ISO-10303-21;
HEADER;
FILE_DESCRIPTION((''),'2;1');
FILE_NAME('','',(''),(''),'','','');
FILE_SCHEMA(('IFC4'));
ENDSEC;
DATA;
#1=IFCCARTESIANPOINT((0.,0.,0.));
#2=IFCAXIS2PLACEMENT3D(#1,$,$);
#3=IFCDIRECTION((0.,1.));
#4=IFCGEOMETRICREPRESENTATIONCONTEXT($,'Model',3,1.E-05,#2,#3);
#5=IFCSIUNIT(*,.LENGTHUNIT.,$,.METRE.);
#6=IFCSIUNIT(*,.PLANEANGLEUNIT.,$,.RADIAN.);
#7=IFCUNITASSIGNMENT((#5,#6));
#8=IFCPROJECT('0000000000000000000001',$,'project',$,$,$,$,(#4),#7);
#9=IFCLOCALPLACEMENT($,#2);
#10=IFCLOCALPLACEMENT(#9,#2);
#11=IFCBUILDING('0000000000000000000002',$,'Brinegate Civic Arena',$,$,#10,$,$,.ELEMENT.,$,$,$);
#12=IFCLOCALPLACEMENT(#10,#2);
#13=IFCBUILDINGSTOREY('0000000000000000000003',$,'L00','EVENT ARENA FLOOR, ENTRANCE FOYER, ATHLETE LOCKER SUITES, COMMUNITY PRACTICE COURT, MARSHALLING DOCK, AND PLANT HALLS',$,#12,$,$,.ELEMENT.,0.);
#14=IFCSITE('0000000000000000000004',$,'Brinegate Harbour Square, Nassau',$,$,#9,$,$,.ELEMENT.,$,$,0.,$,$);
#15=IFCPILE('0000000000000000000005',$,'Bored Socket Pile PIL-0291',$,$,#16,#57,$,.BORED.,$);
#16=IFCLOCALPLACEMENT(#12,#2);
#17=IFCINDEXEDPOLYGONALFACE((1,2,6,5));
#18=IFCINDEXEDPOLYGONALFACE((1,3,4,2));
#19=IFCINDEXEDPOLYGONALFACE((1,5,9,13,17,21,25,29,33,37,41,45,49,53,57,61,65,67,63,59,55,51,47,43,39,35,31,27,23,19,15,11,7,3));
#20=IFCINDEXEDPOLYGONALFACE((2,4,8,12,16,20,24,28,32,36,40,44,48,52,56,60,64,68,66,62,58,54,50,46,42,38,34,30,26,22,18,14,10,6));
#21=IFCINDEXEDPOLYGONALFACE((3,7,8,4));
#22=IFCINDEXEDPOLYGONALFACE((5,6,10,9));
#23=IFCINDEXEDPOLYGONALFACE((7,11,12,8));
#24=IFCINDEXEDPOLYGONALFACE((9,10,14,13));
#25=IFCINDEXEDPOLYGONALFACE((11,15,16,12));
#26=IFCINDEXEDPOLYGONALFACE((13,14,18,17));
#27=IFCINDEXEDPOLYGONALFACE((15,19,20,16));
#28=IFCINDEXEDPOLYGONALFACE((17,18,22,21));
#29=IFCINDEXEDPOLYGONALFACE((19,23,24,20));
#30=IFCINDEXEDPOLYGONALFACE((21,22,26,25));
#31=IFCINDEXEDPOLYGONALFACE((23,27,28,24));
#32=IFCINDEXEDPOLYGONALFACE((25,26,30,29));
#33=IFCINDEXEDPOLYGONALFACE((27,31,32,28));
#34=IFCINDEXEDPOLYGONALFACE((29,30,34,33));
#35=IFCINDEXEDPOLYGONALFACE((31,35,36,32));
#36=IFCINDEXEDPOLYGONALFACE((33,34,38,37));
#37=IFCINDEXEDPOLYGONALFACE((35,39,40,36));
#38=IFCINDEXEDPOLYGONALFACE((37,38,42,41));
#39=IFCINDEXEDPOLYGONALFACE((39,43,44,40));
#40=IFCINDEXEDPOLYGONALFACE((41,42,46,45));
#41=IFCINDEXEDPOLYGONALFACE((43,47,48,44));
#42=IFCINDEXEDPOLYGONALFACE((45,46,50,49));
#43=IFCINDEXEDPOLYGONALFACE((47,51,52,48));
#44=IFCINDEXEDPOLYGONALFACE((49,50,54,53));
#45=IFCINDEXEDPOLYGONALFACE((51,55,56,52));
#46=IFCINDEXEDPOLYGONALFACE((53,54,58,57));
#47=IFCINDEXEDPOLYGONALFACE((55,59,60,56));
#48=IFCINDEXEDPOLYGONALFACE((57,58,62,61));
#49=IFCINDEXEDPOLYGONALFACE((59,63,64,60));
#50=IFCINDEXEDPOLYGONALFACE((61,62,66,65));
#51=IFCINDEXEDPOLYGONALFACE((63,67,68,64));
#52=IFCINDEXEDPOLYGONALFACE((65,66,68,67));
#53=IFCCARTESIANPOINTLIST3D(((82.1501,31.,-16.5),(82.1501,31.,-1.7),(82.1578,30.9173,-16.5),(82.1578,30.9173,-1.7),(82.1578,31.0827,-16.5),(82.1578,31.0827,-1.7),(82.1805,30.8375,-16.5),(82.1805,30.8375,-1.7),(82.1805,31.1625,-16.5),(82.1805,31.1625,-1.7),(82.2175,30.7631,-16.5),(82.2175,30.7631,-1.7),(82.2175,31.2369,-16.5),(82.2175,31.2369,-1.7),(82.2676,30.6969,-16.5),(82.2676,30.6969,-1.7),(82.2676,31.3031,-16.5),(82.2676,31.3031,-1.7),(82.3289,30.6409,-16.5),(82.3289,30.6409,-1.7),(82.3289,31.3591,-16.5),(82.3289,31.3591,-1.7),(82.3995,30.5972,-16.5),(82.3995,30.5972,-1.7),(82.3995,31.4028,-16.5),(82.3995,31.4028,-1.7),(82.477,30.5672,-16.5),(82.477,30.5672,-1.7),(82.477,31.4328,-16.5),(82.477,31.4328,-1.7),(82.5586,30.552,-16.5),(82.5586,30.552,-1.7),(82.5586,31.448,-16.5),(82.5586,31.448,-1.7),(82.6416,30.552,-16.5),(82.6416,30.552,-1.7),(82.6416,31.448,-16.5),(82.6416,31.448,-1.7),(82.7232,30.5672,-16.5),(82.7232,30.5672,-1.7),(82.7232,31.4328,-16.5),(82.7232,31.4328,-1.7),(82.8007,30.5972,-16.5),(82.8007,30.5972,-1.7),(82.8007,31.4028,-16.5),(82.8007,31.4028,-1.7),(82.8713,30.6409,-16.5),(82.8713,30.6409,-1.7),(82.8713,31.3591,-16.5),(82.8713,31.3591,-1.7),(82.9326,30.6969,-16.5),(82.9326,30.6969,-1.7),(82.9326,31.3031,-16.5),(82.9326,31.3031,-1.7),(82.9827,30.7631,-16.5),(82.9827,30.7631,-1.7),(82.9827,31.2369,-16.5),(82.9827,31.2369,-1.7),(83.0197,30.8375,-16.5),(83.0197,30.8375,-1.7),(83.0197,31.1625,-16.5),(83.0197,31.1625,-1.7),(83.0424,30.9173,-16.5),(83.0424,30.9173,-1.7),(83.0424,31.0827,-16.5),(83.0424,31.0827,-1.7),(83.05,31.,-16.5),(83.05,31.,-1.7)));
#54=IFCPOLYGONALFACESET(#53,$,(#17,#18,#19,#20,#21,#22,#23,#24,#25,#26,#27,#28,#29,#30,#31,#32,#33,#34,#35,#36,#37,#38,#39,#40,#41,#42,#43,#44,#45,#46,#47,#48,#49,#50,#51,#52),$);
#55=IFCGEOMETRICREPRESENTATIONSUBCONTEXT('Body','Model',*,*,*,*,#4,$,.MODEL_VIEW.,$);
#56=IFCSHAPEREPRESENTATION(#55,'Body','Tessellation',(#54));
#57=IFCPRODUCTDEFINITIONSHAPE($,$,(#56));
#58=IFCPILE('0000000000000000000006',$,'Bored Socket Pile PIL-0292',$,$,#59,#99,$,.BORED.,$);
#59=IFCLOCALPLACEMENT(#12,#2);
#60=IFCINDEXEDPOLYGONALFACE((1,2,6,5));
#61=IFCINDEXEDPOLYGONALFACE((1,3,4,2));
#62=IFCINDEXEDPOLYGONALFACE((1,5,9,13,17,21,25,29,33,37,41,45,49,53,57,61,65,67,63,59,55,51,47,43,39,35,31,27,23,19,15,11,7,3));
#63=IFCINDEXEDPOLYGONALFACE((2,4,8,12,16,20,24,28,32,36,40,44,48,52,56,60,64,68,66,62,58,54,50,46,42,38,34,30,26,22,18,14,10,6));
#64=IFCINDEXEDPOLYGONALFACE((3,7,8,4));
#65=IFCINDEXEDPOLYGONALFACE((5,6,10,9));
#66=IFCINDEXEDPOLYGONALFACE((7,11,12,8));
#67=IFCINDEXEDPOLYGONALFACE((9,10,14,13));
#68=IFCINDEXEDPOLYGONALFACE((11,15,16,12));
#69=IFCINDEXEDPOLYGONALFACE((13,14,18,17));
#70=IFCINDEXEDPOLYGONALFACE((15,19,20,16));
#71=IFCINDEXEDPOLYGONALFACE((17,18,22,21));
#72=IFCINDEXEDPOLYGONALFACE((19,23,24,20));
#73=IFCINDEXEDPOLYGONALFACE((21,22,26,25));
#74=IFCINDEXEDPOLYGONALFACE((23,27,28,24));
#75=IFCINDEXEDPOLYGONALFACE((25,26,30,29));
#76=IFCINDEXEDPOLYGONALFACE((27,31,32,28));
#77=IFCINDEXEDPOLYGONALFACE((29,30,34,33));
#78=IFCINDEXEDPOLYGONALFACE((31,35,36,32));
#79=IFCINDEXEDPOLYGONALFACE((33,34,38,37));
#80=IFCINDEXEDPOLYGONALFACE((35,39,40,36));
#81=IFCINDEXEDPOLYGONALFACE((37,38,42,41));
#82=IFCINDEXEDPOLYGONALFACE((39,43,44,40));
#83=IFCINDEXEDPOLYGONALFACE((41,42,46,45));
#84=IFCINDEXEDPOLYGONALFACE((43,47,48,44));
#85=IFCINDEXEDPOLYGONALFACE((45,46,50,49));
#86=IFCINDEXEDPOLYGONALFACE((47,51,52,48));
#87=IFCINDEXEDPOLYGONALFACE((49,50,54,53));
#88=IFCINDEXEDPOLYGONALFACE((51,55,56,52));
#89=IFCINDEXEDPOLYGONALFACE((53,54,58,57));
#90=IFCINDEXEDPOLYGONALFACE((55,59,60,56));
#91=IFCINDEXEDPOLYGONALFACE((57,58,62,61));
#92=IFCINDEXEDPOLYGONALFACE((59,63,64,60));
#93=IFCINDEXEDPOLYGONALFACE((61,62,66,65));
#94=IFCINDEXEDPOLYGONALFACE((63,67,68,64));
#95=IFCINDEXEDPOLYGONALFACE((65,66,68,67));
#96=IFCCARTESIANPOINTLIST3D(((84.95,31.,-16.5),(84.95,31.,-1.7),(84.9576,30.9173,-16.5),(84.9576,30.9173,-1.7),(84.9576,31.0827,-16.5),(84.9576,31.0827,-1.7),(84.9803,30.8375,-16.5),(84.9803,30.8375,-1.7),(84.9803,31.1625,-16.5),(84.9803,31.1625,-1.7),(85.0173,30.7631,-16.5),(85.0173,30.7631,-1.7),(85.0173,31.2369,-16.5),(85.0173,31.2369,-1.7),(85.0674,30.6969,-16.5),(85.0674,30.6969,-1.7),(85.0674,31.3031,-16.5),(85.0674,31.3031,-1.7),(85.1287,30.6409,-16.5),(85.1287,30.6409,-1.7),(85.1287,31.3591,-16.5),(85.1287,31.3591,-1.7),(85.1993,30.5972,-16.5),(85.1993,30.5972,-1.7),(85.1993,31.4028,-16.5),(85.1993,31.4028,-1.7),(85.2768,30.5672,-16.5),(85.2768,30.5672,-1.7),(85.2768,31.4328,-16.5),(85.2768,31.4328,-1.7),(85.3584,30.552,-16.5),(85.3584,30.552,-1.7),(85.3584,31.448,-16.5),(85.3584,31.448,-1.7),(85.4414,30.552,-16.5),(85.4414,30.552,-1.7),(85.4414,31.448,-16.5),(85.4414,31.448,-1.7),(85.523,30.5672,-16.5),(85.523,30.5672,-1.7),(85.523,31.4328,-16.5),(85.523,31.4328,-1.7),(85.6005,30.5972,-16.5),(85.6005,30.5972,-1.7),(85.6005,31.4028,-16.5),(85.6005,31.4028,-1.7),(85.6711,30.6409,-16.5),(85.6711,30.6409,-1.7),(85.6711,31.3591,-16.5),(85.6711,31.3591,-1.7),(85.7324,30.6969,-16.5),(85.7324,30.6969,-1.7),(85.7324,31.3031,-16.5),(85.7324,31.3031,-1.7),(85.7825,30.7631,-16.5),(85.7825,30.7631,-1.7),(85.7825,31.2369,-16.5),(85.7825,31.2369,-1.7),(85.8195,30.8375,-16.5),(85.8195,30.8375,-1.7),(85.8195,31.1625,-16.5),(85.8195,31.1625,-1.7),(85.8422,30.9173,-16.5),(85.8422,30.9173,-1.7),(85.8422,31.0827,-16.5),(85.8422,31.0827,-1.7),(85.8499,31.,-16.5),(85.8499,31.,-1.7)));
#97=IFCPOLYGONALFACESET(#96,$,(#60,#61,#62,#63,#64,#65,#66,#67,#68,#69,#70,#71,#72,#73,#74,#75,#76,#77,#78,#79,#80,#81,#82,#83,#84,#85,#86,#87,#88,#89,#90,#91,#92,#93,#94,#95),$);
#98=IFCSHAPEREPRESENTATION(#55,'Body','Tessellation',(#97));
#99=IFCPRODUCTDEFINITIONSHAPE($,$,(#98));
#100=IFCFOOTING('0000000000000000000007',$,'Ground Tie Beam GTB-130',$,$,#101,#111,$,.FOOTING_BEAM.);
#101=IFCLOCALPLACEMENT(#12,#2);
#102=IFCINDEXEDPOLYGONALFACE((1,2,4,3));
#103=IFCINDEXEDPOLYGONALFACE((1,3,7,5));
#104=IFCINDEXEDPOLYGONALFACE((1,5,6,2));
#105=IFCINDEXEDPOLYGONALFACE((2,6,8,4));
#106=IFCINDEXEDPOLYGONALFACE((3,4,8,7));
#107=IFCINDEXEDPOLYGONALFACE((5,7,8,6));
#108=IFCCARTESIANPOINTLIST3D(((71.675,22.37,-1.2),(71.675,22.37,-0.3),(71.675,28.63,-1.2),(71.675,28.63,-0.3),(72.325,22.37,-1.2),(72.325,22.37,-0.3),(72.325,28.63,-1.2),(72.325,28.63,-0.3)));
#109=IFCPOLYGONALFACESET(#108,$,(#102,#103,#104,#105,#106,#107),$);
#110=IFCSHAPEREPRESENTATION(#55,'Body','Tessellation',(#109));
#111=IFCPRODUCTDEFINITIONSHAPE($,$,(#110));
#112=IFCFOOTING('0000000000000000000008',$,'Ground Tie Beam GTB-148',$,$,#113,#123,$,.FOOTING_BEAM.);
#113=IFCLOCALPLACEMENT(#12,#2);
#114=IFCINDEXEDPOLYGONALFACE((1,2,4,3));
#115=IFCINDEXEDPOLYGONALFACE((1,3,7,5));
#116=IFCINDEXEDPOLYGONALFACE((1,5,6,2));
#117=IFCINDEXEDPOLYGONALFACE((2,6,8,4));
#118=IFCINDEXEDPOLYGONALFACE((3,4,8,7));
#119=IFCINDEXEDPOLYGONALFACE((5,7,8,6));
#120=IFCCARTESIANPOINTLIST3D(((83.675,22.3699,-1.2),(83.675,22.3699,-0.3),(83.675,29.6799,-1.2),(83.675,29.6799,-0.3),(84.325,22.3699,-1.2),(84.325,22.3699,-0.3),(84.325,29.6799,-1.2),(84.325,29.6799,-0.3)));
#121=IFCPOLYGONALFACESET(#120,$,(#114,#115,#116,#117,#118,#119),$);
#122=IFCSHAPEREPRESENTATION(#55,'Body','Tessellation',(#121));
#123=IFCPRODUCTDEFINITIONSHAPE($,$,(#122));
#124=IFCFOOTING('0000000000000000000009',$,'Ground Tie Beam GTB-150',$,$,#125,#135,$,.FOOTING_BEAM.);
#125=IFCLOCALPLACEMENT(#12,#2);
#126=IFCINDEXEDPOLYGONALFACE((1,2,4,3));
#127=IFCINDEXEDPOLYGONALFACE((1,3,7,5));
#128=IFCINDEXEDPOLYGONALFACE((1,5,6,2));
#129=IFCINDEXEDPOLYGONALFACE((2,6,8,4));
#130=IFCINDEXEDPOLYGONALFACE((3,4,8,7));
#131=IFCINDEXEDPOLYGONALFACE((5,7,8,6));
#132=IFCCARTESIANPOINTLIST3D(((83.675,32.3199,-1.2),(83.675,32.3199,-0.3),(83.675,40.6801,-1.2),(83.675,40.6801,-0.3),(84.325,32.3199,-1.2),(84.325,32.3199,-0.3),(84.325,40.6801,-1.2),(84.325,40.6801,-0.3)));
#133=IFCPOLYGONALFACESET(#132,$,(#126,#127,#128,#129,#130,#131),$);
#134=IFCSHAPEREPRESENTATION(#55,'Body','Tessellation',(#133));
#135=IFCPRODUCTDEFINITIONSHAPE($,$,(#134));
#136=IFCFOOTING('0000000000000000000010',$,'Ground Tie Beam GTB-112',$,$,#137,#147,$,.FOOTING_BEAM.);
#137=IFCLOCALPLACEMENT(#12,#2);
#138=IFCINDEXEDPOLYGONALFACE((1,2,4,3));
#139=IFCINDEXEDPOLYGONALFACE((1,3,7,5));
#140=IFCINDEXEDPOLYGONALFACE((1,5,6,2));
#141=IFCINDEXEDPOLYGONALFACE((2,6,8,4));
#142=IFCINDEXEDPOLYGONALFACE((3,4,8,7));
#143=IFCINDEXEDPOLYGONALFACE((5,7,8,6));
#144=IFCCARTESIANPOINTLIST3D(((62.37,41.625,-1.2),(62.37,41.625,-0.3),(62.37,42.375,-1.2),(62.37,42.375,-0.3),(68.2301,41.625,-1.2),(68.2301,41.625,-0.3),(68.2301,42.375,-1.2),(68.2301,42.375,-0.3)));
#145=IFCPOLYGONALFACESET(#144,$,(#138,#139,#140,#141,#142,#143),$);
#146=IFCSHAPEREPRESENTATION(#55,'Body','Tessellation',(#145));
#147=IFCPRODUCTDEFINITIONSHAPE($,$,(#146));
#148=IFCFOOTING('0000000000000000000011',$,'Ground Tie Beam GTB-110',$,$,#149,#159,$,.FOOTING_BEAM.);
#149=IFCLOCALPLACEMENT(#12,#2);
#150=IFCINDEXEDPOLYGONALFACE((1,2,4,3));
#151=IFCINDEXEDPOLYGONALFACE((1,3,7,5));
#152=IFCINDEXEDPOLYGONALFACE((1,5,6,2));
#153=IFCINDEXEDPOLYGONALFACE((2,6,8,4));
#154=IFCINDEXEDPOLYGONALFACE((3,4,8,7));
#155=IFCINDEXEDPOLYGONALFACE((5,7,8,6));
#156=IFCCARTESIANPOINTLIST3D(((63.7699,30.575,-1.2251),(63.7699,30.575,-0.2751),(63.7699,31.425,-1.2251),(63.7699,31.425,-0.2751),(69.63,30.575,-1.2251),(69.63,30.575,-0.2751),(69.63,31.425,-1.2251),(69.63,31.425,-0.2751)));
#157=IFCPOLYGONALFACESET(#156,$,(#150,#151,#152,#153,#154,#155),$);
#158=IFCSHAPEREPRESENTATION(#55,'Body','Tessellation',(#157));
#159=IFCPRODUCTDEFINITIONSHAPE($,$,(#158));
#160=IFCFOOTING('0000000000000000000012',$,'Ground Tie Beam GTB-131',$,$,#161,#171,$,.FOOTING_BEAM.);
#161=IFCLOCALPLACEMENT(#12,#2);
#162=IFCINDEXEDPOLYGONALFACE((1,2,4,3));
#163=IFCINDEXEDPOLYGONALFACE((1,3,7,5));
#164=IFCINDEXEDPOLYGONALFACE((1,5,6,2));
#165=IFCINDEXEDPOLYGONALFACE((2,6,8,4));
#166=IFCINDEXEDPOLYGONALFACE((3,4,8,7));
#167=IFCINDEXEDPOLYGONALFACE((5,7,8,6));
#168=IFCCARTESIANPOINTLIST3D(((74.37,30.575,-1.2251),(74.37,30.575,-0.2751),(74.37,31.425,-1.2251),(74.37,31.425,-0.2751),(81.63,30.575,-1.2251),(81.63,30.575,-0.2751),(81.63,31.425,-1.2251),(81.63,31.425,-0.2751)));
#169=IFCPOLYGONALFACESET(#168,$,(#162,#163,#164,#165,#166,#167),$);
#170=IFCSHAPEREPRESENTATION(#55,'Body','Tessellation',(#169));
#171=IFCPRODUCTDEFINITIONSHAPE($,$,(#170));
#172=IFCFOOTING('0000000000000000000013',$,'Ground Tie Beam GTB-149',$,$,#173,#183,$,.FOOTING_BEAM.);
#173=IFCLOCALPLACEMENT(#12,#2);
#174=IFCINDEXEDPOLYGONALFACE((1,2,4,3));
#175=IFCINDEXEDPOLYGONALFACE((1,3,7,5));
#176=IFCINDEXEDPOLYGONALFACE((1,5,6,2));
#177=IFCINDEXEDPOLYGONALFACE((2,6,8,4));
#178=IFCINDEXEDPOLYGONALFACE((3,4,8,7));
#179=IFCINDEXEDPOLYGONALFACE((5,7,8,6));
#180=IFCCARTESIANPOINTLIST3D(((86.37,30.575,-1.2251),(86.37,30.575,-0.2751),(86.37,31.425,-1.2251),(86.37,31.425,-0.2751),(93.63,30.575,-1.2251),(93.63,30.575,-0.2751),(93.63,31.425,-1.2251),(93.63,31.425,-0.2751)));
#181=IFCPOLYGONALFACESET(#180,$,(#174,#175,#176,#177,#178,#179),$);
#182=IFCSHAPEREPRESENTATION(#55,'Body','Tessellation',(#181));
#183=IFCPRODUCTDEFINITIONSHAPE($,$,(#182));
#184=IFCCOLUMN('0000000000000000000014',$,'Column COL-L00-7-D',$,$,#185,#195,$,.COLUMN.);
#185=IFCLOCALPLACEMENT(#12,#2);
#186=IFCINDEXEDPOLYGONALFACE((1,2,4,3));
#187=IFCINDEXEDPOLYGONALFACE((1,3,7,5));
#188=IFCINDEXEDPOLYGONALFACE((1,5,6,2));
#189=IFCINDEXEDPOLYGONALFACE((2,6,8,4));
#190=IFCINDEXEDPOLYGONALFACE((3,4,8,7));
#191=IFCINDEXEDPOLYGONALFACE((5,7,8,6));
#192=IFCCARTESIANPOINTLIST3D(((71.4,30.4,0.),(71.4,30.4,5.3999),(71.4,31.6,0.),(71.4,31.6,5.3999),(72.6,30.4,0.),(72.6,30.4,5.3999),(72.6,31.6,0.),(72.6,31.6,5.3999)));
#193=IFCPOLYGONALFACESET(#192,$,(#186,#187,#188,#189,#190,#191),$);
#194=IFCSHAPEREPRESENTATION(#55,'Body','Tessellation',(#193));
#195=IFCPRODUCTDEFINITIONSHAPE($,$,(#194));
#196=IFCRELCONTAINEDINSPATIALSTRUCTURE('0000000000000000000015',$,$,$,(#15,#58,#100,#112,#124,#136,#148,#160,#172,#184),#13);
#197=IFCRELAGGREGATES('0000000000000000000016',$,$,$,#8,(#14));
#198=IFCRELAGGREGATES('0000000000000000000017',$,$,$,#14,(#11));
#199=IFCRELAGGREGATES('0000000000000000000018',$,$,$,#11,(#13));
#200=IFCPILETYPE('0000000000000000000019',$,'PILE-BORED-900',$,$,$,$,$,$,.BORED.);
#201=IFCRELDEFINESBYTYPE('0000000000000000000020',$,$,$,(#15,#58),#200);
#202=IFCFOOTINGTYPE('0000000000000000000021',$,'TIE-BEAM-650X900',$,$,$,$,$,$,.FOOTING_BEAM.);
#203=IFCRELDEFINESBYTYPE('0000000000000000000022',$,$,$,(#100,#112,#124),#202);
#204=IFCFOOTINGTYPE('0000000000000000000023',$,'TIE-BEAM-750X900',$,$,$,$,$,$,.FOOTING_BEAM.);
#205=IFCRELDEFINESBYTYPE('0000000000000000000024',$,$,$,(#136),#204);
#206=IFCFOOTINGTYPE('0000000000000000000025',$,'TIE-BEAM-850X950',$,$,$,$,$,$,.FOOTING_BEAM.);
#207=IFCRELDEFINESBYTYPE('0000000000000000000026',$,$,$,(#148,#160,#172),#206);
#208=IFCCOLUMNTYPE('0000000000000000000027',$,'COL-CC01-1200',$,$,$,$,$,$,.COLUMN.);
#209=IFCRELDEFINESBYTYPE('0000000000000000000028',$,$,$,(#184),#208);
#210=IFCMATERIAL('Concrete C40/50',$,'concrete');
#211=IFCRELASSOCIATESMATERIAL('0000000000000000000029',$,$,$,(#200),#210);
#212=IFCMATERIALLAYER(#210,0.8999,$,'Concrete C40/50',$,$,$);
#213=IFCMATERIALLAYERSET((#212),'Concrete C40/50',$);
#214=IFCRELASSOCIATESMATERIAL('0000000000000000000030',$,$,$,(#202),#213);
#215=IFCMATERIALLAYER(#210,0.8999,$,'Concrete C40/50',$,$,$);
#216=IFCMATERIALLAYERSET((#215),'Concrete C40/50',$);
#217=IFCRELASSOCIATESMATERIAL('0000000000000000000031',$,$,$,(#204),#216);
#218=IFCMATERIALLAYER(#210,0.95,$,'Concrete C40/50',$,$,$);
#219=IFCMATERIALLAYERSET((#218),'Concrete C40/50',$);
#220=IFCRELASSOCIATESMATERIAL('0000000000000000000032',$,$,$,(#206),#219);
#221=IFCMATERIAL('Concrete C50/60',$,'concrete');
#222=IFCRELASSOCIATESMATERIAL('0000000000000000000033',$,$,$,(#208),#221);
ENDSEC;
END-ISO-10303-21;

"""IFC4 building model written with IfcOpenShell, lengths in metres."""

from ifc_helpers import new_model, si_unit, direction, frame, origin, origin_2d, place, context, subcontext, project, spatial, rectangle, circle, extrude, material, layer, layer_set, material_profile, profile_set, type_object, element, save


model = new_model("IFC4")

# Units and contexts
model_context = context("Model", 3, precision=1e-05, world=origin(), true_north=direction((0.0, 1.0)))
body_context = subcontext(model_context, "Body", "Model", "MODEL_VIEW")
ifc_project = project(units=[si_unit("LENGTHUNIT", "METRE"), si_unit("PLANEANGLEUNIT", "RADIAN")], contexts=[model_context])

# Site, building, storey
site_placement = place(None, origin())
site = spatial("IfcSite", under=ifc_project, at=site_placement, Name="Brinegate Harbour Square, Nassau", CompositionType="ELEMENT", RefElevation=0.0)
building_placement = place(site_placement, origin())
building = spatial("IfcBuilding", under=site, at=building_placement, Name="Brinegate Civic Arena", CompositionType="ELEMENT")
storey_placement = place(building_placement, origin())
storey = spatial("IfcBuildingStorey", under=building, at=storey_placement, Name="L00", Description="EVENT ARENA FLOOR, ENTRANCE FOYER, ATHLETE LOCKER SUITES, COMMUNITY PRACTICE COURT, MARSHALLING DOCK, AND PLANT HALLS", CompositionType="ELEMENT", Elevation=0.0)

# Shared definitions
ifc_material_1 = material(Name="Concrete C40/50", Category="concrete")

# Piles
ifc_material_profile_1 = material_profile(ifc_material_1, circle(Radius=0.45, at=origin_2d()), Name="PILED900")
ifc_profile_set_1 = profile_set([ifc_material_profile_1], Name="Concrete C40/50")
pile_type_1 = type_object("IfcPileType", Name="PILE-BORED-900", PredefinedType="BORED", material=ifc_profile_set_1)
for number, where, z_axis, x_axis, name in (
    (1, (82.6001, 31.0, -1.7), (0.0, 0.0, -1.0), (1.0, 0.0, 0.0), "Bored Socket Pile PIL-0291"),
    (2, (85.3999, 31.0, -1.7), (0.0, 0.0, -1.0), (1.0, 0.0, 0.0), "Bored Socket Pile PIL-0292"),
):
    element("IfcPile", number, at=place(storey_placement, frame(where, z_axis=z_axis, x_axis=x_axis)), inside=storey, type_object=pile_type_1, Name=name, PredefinedType="BORED", context=body_context, shape_type="SweptSolid", body=[
        extrude(circle(Radius=0.45, at=origin_2d()), origin(), (0.0, 0.0, 1.0), 14.8),
    ])

# Footings
ifc_layer_1 = layer(ifc_material_1, 0.8999, Name="Concrete C40/50")
ifc_layer_set_1 = layer_set([ifc_layer_1], Name="Concrete C40/50")
footing_type_1 = type_object("IfcFootingType", Name="TIE-BEAM-650X900", PredefinedType="FOOTING_BEAM", material=ifc_layer_set_1)
footing_1_placement = place(storey_placement, frame((72.0, 25.5, -1.2), z_axis=(0.0, 0.0, 1.0), x_axis=(0.0, 1.0, 0.0)))
element("IfcFooting", 3, at=footing_1_placement, inside=storey, type_object=footing_type_1, Name="Ground Tie Beam GTB-130", PredefinedType="FOOTING_BEAM", context=body_context, shape_type="SweptSolid", body=[
    extrude(rectangle(XDim=6.26, YDim=0.6499, at=origin_2d()), origin(), (0.0, 0.0, 1.0), 0.8999),
])
footing_2_placement = place(storey_placement, frame((84.0, 26.0249, -1.2), z_axis=(0.0, 0.0, 1.0), x_axis=(0.0, 1.0, 0.0)))
element("IfcFooting", 4, at=footing_2_placement, inside=storey, type_object=footing_type_1, Name="Ground Tie Beam GTB-148", PredefinedType="FOOTING_BEAM", context=body_context, shape_type="SweptSolid", body=[
    extrude(rectangle(XDim=7.3101, YDim=0.6499, at=origin_2d()), origin(), (0.0, 0.0, 1.0), 0.8999),
])
footing_3_placement = place(storey_placement, frame((84.0, 36.5, -1.2), z_axis=(0.0, 0.0, 1.0), x_axis=(0.0, 1.0, 0.0)))
element("IfcFooting", 5, at=footing_3_placement, inside=storey, type_object=footing_type_1, Name="Ground Tie Beam GTB-150", PredefinedType="FOOTING_BEAM", context=body_context, shape_type="SweptSolid", body=[
    extrude(rectangle(XDim=8.3601, YDim=0.6499, at=origin_2d()), origin(), (0.0, 0.0, 1.0), 0.8999),
])
ifc_layer_2 = layer(ifc_material_1, 0.8999, Name="Concrete C40/50")
ifc_layer_set_2 = layer_set([ifc_layer_2], Name="Concrete C40/50")
footing_type_2 = type_object("IfcFootingType", Name="TIE-BEAM-750X900", PredefinedType="FOOTING_BEAM", material=ifc_layer_set_2)
footing_4_placement = place(storey_placement, frame((65.3, 42.0, -1.2), z_axis=(0.0, 0.0, 1.0), x_axis=(1.0, 0.0, 0.0)))
element("IfcFooting", 6, at=footing_4_placement, inside=storey, type_object=footing_type_2, Name="Ground Tie Beam GTB-112", PredefinedType="FOOTING_BEAM", context=body_context, shape_type="SweptSolid", body=[
    extrude(rectangle(XDim=5.8601, YDim=0.75, at=origin_2d()), origin(), (0.0, 0.0, 1.0), 0.8999),
])
ifc_layer_3 = layer(ifc_material_1, 0.95, Name="Concrete C40/50")
ifc_layer_set_3 = layer_set([ifc_layer_3], Name="Concrete C40/50")
footing_type_3 = type_object("IfcFootingType", Name="TIE-BEAM-850X950", PredefinedType="FOOTING_BEAM", material=ifc_layer_set_3)
footing_5_placement = place(storey_placement, frame((66.7, 31.0, -1.2251), z_axis=(0.0, 0.0, 1.0), x_axis=(1.0, 0.0, 0.0)))
element("IfcFooting", 7, at=footing_5_placement, inside=storey, type_object=footing_type_3, Name="Ground Tie Beam GTB-110", PredefinedType="FOOTING_BEAM", context=body_context, shape_type="SweptSolid", body=[
    extrude(rectangle(XDim=5.8601, YDim=0.8501, at=origin_2d()), origin(), (0.0, 0.0, 1.0), 0.95),
])
for number, where, z_axis, x_axis, name in (
    (8, (78.0, 31.0, -1.2251), (0.0, 0.0, 1.0), (1.0, 0.0, 0.0), "Ground Tie Beam GTB-131"),
    (9, (90.0, 31.0, -1.2251), (0.0, 0.0, 1.0), (1.0, 0.0, 0.0), "Ground Tie Beam GTB-149"),
):
    element("IfcFooting", number, at=place(storey_placement, frame(where, z_axis=z_axis, x_axis=x_axis)), inside=storey, type_object=footing_type_3, Name=name, PredefinedType="FOOTING_BEAM", context=body_context, shape_type="SweptSolid", body=[
        extrude(rectangle(XDim=7.26, YDim=0.8501, at=origin_2d()), origin(), (0.0, 0.0, 1.0), 0.95),
    ])

# Column
ifc_material_2 = material(Name="Concrete C50/60", Category="concrete")
ifc_material_profile_2 = material_profile(ifc_material_2, rectangle(XDim=1.2, YDim=1.2, at=origin_2d()), Name="RC1200X1200")
ifc_profile_set_2 = profile_set([ifc_material_profile_2], Name="Concrete C50/60")
column_type_1 = type_object("IfcColumnType", Name="COL-CC01-1200", PredefinedType="COLUMN", material=ifc_profile_set_2)
for number, where, z_axis, x_axis, name in (
    (10, (72.0, 31.0, 0.0), (0.0, 0.0, 1.0), (1.0, 0.0, 0.0), "Column COL-L00-7-D"),
):
    element("IfcColumn", number, at=place(storey_placement, frame(where, z_axis=z_axis, x_axis=x_axis)), inside=storey, type_object=column_type_1, Name=name, PredefinedType="COLUMN", context=body_context, shape_type="SweptSolid", body=[
        extrude(rectangle(XDim=1.2, YDim=1.2, at=origin_2d()), origin(), (0.0, 0.0, 1.0), 5.3999),
    ])

save(model, "model.ifc")
